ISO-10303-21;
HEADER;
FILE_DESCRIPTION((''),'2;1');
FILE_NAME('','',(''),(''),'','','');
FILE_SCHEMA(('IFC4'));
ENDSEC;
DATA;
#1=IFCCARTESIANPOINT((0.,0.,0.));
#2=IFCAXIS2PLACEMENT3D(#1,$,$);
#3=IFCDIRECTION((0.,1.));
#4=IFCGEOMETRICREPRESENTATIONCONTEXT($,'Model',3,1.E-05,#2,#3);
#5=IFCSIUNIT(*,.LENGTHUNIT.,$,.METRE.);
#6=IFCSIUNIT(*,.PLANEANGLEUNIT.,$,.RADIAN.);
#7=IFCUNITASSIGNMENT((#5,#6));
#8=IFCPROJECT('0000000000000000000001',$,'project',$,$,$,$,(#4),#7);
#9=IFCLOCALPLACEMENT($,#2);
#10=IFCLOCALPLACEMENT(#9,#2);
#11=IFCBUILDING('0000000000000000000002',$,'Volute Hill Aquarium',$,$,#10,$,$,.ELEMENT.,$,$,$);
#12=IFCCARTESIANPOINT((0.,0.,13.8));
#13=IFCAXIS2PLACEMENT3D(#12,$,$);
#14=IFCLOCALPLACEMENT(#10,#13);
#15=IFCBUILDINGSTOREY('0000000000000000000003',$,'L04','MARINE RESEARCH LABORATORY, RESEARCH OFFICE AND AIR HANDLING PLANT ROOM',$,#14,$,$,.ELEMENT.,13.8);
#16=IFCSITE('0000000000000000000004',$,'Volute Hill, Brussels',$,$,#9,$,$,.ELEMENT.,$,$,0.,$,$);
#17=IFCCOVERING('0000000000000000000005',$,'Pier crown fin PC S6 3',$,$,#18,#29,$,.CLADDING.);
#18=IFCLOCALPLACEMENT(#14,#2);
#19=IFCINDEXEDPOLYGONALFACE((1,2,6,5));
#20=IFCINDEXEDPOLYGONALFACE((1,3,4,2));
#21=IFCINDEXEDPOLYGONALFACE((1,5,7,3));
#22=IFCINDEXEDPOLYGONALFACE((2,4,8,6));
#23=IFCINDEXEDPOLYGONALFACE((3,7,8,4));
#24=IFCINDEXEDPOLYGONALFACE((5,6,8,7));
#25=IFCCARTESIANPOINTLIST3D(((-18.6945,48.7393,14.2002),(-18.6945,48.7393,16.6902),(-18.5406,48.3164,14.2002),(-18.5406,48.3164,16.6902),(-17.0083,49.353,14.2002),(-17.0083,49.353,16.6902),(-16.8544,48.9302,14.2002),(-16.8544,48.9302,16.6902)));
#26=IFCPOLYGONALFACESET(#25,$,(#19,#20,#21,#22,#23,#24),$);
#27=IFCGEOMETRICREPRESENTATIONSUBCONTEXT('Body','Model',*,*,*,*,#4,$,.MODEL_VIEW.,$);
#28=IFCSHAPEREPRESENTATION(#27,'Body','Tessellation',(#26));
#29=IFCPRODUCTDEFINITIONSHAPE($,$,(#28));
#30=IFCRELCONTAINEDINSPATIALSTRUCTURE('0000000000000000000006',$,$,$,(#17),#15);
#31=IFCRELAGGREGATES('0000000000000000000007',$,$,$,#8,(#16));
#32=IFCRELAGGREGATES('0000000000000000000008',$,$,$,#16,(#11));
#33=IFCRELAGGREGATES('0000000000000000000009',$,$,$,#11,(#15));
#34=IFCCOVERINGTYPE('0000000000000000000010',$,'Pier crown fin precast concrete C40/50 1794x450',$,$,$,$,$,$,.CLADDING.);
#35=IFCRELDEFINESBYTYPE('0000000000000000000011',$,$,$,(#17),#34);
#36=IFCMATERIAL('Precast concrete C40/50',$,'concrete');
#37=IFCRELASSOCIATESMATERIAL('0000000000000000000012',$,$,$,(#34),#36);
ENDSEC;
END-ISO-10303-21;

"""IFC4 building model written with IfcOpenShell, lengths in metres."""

from ifc_helpers import new_model, si_unit, direction, frame, origin, origin_2d, place, context, subcontext, project, spatial, rectangle, extrude, material, type_object, element, save


model = new_model("IFC4")

# Units and contexts
model_context = context("Model", 3, precision=1e-05, world=origin(), true_north=direction((0.0, 1.0)))
body_context = subcontext(model_context, "Body", "Model", "MODEL_VIEW")
ifc_project = project(units=[si_unit("LENGTHUNIT", "METRE"), si_unit("PLANEANGLEUNIT", "RADIAN")], contexts=[model_context])

# Site, building, storey
site_placement = place(None, origin())
site = spatial("IfcSite", under=ifc_project, at=site_placement, Name="Volute Hill, Brussels", CompositionType="ELEMENT", RefElevation=0.0)
building_placement = place(site_placement, origin())
building = spatial("IfcBuilding", under=site, at=building_placement, Name="Volute Hill Aquarium", CompositionType="ELEMENT")
storey_placement = place(building_placement, frame((0.0, 0.0, 13.8)))
storey = spatial("IfcBuildingStorey", under=building, at=storey_placement, Name="L04", Description="MARINE RESEARCH LABORATORY, RESEARCH OFFICE AND AIR HANDLING PLANT ROOM", CompositionType="ELEMENT", Elevation=13.8)

# Covering
ifc_material_1 = material(Name="Precast concrete C40/50", Category="concrete")
covering_type_1 = type_object("IfcCoveringType", Name="Pier crown fin precast concrete C40/50 1794x450", PredefinedType="CLADDING", material=ifc_material_1)
covering_1_placement = place(storey_placement, frame((-17.7744, 48.8347, 14.2002), z_axis=(0.0, 0.0, 1.0), x_axis=(-0.939693, -0.34202, 0.0)))
element("IfcCovering", 1, at=covering_1_placement, inside=storey, type_object=covering_type_1, Name="Pier crown fin PC S6 3", PredefinedType="CLADDING", context=body_context, shape_type="SweptSolid", body=[
    extrude(rectangle(XDim=1.7944, YDim=0.45, at=origin_2d()), origin(), (0.0, 0.0, 1.0), 2.49),
])

save(model, "model.ifc")
